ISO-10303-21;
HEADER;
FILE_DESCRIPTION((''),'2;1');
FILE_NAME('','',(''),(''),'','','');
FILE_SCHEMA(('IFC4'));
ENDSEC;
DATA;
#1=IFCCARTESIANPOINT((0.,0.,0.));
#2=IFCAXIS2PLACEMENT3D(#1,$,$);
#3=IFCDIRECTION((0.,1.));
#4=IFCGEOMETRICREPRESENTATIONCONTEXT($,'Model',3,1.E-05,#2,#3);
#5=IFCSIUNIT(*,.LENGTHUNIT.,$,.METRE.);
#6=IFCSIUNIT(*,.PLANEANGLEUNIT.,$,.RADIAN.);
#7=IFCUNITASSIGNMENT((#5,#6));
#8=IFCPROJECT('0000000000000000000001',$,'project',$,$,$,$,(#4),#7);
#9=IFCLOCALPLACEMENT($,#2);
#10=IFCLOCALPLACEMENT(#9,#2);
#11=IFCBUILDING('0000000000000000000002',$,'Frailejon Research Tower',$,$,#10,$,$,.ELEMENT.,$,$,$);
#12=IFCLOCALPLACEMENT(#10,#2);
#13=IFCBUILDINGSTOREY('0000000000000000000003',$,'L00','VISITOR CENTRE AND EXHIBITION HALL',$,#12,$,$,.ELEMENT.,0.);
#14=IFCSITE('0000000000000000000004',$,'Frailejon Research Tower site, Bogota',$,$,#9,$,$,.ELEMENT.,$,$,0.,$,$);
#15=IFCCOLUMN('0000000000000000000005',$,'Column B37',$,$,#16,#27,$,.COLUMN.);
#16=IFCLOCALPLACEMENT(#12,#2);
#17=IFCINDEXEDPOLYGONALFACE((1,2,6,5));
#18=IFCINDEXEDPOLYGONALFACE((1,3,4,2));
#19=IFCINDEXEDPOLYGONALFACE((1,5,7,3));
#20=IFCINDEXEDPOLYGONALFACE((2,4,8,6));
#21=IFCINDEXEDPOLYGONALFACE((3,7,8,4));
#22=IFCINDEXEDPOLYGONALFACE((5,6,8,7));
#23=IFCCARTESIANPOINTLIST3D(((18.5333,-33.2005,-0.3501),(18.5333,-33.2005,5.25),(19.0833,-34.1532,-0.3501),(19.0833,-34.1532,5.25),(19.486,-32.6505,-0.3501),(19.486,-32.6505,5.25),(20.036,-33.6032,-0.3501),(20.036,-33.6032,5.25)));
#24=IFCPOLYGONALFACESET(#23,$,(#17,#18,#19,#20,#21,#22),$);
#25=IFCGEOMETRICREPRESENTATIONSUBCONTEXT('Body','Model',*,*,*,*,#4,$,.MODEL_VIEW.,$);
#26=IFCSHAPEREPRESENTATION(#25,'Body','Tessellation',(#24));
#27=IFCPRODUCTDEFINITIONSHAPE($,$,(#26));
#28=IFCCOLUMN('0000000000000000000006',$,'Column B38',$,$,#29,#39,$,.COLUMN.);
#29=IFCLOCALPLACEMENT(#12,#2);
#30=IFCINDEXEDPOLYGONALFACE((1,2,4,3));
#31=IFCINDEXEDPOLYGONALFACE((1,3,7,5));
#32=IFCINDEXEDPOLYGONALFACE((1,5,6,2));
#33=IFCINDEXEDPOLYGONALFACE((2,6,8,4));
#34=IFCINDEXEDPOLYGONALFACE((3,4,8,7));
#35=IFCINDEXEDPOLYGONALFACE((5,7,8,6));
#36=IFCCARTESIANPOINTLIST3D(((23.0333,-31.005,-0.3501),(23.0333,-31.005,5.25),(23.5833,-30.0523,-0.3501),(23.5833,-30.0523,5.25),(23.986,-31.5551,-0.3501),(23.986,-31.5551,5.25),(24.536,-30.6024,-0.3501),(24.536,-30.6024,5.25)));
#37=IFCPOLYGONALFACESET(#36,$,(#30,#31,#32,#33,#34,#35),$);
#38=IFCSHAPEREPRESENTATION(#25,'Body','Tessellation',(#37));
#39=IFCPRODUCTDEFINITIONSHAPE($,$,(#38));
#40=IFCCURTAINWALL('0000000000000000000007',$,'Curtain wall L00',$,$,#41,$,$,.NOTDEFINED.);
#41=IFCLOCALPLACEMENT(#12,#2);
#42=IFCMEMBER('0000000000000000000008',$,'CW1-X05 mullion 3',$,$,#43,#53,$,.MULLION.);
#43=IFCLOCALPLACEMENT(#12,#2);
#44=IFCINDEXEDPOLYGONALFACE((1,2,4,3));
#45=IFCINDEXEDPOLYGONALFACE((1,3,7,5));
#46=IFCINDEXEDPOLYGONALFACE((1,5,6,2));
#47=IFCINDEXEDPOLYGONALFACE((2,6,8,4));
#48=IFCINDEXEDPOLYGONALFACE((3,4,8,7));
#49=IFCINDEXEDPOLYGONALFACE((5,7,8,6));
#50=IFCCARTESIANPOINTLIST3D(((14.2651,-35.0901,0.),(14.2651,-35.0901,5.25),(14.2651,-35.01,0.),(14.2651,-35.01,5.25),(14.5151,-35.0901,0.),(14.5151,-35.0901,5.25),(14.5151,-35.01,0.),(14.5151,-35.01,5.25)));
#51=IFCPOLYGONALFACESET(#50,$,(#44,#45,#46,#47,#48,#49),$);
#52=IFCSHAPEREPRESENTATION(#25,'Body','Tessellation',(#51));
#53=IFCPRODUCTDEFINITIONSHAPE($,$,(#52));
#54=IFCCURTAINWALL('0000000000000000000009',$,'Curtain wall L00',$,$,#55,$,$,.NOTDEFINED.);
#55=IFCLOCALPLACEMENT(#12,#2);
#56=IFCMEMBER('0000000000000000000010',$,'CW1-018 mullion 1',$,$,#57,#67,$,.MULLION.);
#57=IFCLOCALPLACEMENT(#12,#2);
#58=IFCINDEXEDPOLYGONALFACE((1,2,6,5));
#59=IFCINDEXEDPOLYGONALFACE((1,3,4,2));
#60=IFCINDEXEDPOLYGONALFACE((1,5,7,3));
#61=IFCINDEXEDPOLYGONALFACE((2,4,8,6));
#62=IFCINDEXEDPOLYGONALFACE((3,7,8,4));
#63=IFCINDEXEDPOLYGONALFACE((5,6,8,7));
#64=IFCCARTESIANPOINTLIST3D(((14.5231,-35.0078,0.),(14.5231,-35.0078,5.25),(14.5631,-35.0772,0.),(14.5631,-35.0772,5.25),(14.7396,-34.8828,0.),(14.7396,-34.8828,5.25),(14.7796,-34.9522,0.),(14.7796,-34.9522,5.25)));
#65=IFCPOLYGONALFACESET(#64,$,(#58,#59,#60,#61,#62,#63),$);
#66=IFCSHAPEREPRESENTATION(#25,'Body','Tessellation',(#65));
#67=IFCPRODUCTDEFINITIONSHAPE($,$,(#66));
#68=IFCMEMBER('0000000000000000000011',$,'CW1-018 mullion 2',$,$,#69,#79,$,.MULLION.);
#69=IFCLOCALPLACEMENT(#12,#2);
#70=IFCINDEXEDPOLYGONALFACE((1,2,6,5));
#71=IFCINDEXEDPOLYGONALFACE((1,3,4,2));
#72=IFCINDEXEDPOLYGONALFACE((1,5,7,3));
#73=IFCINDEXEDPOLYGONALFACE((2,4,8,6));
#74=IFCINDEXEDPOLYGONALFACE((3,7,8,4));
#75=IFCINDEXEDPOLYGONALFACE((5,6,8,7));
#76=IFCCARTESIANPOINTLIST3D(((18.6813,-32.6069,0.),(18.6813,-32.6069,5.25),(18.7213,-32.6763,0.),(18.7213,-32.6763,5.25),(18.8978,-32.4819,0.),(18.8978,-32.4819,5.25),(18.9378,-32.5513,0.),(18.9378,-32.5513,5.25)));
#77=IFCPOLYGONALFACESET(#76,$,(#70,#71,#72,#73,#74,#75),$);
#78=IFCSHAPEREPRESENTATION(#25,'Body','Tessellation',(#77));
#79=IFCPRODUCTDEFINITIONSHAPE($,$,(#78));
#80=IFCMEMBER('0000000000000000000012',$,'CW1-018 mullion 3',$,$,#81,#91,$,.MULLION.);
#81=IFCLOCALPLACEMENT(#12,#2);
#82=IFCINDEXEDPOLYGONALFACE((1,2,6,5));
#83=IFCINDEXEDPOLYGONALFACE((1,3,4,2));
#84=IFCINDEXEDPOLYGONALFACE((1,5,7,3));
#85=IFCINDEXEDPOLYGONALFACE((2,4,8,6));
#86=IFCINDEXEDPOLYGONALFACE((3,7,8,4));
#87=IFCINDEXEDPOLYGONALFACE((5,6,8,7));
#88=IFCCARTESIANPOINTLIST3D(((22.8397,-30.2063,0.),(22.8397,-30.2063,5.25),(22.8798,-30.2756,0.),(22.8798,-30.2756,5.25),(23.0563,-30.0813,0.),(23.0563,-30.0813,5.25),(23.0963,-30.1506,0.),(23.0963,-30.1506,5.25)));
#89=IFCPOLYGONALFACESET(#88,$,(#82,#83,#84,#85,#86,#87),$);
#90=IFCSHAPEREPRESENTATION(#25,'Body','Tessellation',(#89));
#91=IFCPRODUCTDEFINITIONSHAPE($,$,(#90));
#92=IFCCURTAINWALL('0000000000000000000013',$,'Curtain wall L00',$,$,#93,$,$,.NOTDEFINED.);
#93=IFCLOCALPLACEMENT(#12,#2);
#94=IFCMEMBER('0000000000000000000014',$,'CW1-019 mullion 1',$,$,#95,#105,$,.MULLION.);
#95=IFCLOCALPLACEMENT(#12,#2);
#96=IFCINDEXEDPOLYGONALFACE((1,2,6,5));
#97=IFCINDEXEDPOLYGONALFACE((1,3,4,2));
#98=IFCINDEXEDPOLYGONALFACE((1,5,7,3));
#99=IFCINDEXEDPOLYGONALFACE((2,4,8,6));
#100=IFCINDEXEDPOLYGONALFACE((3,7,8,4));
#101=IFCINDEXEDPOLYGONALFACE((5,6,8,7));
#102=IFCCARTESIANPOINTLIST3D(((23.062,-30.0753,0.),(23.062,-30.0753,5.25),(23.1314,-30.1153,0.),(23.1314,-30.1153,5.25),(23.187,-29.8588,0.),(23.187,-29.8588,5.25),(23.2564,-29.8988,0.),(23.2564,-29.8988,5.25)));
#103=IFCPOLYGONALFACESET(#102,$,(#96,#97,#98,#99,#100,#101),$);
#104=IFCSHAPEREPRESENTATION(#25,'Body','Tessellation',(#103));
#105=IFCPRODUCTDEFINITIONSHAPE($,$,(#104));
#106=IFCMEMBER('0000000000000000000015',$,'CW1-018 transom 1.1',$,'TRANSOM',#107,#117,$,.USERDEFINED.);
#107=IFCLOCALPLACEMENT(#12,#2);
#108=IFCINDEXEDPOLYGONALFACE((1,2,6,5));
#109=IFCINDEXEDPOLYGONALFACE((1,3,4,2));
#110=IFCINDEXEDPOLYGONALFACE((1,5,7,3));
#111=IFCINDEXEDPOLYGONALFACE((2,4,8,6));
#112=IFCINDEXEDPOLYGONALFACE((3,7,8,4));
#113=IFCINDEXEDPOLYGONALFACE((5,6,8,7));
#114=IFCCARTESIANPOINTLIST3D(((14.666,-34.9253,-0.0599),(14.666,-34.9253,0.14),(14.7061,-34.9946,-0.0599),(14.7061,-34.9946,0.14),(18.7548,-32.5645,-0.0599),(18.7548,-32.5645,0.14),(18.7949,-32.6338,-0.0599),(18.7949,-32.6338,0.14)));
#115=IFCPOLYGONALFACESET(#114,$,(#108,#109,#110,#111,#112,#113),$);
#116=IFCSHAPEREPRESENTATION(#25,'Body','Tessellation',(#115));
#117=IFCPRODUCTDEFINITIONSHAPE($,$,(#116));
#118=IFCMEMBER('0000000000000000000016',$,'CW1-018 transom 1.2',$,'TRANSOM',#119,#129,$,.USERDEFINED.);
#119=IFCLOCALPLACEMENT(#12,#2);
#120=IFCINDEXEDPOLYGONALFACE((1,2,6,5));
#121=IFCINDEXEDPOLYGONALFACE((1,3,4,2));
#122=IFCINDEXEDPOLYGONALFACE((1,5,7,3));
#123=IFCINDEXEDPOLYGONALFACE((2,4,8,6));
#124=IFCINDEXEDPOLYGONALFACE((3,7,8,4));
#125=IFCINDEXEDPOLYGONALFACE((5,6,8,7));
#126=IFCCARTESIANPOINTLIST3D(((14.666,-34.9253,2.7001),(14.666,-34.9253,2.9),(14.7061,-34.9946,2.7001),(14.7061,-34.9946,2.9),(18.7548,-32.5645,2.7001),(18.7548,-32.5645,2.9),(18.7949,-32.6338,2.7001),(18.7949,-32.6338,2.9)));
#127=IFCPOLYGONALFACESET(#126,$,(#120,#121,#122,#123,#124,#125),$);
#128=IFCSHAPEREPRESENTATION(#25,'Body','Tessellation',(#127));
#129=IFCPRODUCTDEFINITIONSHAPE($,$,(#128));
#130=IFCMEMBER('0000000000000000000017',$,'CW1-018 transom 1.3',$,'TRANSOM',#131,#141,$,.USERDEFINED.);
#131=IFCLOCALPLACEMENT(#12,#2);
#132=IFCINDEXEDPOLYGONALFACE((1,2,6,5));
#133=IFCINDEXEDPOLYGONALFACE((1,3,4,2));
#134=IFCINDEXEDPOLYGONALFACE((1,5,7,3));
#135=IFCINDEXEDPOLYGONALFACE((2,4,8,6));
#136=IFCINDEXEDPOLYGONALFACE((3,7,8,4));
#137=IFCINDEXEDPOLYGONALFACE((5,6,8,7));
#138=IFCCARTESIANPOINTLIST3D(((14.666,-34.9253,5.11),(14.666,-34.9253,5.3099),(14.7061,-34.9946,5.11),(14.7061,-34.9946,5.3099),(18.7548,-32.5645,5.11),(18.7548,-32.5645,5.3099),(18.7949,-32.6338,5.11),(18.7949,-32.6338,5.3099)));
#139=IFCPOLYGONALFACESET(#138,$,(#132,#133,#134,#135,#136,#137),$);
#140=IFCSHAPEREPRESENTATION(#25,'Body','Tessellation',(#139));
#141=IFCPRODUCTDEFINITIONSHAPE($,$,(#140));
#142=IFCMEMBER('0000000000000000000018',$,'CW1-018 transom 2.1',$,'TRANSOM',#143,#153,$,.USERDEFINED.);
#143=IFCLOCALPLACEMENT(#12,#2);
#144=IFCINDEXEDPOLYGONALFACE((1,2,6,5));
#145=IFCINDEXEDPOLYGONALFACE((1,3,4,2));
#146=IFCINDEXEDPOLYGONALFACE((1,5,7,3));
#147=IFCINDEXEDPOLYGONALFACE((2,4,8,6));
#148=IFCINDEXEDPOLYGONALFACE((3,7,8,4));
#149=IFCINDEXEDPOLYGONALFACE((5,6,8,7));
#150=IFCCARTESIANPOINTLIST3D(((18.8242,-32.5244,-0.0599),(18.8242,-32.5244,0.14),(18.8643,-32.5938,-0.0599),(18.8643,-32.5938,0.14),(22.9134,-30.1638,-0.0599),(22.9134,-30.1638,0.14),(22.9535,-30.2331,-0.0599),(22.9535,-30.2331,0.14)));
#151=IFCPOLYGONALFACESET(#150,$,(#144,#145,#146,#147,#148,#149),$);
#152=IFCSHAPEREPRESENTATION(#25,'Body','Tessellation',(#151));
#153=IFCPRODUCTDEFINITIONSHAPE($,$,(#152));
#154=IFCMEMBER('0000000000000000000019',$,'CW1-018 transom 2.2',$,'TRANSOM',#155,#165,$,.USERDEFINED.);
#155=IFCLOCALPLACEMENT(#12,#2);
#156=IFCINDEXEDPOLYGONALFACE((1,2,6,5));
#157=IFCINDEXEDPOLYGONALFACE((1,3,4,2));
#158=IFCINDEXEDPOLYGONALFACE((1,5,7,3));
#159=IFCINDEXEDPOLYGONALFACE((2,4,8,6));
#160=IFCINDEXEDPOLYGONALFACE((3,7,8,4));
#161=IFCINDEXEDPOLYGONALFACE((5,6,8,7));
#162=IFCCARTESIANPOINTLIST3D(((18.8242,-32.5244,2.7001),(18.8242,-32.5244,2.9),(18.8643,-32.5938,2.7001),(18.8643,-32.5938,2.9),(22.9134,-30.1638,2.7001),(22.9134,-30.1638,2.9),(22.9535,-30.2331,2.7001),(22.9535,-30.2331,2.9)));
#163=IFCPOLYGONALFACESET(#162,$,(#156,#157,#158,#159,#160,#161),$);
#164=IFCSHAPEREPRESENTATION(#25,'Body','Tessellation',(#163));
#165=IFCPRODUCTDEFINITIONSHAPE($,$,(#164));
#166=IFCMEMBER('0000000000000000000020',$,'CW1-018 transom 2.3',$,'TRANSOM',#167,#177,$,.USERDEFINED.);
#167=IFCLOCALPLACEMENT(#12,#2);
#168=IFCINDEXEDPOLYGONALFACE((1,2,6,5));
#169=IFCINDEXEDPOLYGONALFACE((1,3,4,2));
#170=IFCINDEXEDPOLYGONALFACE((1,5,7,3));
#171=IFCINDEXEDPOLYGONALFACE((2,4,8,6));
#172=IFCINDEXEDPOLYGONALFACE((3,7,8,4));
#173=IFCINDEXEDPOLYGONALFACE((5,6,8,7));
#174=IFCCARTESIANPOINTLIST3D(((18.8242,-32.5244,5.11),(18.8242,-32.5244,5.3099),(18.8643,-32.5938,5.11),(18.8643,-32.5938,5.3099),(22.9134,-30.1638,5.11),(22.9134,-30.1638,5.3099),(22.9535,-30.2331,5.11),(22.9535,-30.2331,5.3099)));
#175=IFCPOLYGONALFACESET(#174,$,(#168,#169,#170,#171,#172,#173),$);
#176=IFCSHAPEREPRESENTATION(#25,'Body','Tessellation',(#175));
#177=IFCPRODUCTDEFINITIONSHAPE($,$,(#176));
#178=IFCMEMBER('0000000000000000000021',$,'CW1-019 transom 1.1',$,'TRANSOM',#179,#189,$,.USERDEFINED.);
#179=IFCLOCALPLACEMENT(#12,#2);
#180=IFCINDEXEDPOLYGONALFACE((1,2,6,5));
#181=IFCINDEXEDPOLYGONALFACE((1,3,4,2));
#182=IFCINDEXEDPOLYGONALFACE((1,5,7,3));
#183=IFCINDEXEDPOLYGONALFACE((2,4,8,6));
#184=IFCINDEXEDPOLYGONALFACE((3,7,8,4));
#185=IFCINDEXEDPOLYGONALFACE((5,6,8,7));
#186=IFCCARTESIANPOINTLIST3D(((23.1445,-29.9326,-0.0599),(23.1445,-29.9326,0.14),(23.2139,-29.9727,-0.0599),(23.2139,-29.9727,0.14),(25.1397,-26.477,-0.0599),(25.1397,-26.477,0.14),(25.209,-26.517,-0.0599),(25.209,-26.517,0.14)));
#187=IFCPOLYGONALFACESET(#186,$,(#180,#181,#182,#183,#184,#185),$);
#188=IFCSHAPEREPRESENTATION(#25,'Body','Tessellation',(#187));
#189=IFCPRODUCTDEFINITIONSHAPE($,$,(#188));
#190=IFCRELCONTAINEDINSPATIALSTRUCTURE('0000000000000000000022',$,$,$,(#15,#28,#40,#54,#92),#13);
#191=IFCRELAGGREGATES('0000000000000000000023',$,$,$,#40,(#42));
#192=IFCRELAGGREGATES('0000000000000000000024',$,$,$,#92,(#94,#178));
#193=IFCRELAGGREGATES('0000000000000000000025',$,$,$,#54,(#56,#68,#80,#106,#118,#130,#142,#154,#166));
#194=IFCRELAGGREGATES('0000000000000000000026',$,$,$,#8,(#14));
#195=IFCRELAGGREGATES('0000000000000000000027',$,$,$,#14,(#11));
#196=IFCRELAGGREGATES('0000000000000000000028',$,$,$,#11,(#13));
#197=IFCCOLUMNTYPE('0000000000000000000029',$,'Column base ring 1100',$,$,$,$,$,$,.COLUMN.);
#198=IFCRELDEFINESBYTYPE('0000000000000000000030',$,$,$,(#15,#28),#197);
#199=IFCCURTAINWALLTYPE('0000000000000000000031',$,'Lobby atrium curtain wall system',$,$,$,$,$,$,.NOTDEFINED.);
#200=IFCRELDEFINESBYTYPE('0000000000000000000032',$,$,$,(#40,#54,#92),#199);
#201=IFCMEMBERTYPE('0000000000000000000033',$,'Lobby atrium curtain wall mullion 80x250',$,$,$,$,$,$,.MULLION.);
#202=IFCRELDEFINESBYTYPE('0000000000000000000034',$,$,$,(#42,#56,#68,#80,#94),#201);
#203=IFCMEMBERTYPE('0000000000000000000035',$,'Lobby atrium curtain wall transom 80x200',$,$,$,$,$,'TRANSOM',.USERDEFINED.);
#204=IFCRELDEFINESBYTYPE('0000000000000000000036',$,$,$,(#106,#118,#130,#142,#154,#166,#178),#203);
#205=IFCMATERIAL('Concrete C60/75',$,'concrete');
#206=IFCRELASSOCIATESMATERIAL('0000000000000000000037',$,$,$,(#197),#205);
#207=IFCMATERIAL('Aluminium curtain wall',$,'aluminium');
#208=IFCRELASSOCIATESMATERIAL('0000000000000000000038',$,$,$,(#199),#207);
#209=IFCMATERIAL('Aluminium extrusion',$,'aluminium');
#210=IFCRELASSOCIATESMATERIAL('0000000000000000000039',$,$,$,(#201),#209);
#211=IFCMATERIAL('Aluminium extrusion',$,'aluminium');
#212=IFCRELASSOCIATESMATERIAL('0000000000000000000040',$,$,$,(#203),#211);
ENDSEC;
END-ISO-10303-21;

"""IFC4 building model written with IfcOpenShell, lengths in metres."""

from ifc_helpers import new_model, si_unit, direction, frame, origin, origin_2d, place, context, subcontext, project, spatial, rectangle, extrude, material, material_profile, profile_set, type_object, element, aggregate, save


model = new_model("IFC4")

# Units and contexts
model_context = context("Model", 3, precision=1e-05, world=origin(), true_north=direction((0.0, 1.0)))
body_context = subcontext(model_context, "Body", "Model", "MODEL_VIEW")
ifc_project = project(units=[si_unit("LENGTHUNIT", "METRE"), si_unit("PLANEANGLEUNIT", "RADIAN")], contexts=[model_context])

# Site, building, storey
site_placement = place(None, origin())
site = spatial("IfcSite", under=ifc_project, at=site_placement, Name="Frailejon Research Tower site, Bogota", CompositionType="ELEMENT", RefElevation=0.0)
building_placement = place(site_placement, origin())
building = spatial("IfcBuilding", under=site, at=building_placement, Name="Frailejon Research Tower", CompositionType="ELEMENT")
storey_placement = place(building_placement, origin())
storey = spatial("IfcBuildingStorey", under=building, at=storey_placement, Name="L00", Description="VISITOR CENTRE AND EXHIBITION HALL", CompositionType="ELEMENT", Elevation=0.0)

# Columns
ifc_material_1 = material(Name="Concrete C60/75", Category="concrete")
ifc_material_profile_1 = material_profile(ifc_material_1, rectangle(XDim=1.1001, YDim=1.1001, at=origin_2d()), Name="Column base ring 1100")
ifc_profile_set_1 = profile_set([ifc_material_profile_1], Name="Concrete C60/75")
column_type = type_object("IfcColumnType", Name="Column base ring 1100", PredefinedType="COLUMN", material=ifc_profile_set_1)
for number, where, z_axis, x_axis, name in (
    (1, (19.2847, -33.4019, -0.3501), (0.0, 0.0, 1.0), (0.866025, 0.5, 0.0), "Column B37"),
    (2, (23.7847, -30.8037, -0.3501), (0.0, 0.0, 1.0), (0.5, 0.866025, 0.0), "Column B38"),
):
    element("IfcColumn", number, at=place(storey_placement, frame(where, z_axis=z_axis, x_axis=x_axis)), inside=storey, type_object=column_type, Name=name, PredefinedType="COLUMN", context=body_context, shape_type="SweptSolid", body=[
        extrude(rectangle(XDim=1.1001, YDim=1.1001, at=origin_2d()), origin(), (0.0, 0.0, 1.0), 5.6001),
    ])

# Curtain wall, member
ifc_material_2 = material(Name="Aluminium curtain wall", Category="aluminium")
curtain_wall_type = type_object("IfcCurtainWallType", Name="Lobby atrium curtain wall system", PredefinedType="NOTDEFINED", material=ifc_material_2)
curtain_wall_1_placement = place(storey_placement, origin())
curtain_wall_1 = element("IfcCurtainWall", 3, at=curtain_wall_1_placement, inside=storey, type_object=curtain_wall_type, Name="Curtain wall L00", PredefinedType="NOTDEFINED")
ifc_material_3 = material(Name="Aluminium extrusion", Category="aluminium")
ifc_material_profile_2 = material_profile(ifc_material_3, rectangle(XDim=0.0801, YDim=0.25, at=origin_2d()), Name="Lobby atrium curtain wall mullion 80x250")
ifc_profile_set_2 = profile_set([ifc_material_profile_2], Name="Aluminium extrusion")
member_type_1 = type_object("IfcMemberType", Name="Lobby atrium curtain wall mullion 80x250", PredefinedType="MULLION", material=ifc_profile_set_2)
member_1_placement = place(storey_placement, frame((14.3901, -35.05, 0.0), z_axis=(0.0, 0.0, 1.0), x_axis=(0.0, 1.0, 0.0)))
member_1 = element("IfcMember", 4, at=member_1_placement, type_object=member_type_1, Name="CW1-X05 mullion 3", PredefinedType="MULLION", context=body_context, shape_type="SweptSolid", body=[
    extrude(rectangle(XDim=0.0801, YDim=0.25, at=origin_2d()), origin(), (0.0, 0.0, 1.0), 5.25),
])
aggregate(curtain_wall_1, [member_1])

# Curtain wall, members
curtain_wall_2_placement = place(storey_placement, origin())
curtain_wall_2 = element("IfcCurtainWall", 5, at=curtain_wall_2_placement, inside=storey, type_object=curtain_wall_type, Name="Curtain wall L00", PredefinedType="NOTDEFINED")
member_2_placement = place(storey_placement, frame((14.6514, -34.98, 0.0), z_axis=(0.0, 0.0, 1.0), x_axis=(-0.5, 0.866025, 0.0)))
member_2 = element("IfcMember", 6, at=member_2_placement, type_object=member_type_1, Name="CW1-018 mullion 1", PredefinedType="MULLION", context=body_context, shape_type="SweptSolid", body=[
    extrude(rectangle(XDim=0.0801, YDim=0.25, at=origin_2d()), origin(), (0.0, 0.0, 1.0), 5.25),
])
member_3_placement = place(storey_placement, frame((18.8096, -32.5791, 0.0), z_axis=(0.0, 0.0, 1.0), x_axis=(-0.5, 0.866025, 0.0)))
member_3 = element("IfcMember", 7, at=member_3_placement, type_object=member_type_1, Name="CW1-018 mullion 2", PredefinedType="MULLION", context=body_context, shape_type="SweptSolid", body=[
    extrude(rectangle(XDim=0.0801, YDim=0.25, at=origin_2d()), origin(), (0.0, 0.0, 1.0), 5.25),
])
member_4_placement = place(storey_placement, frame((22.968, -30.1785, 0.0), z_axis=(0.0, 0.0, 1.0), x_axis=(-0.5, 0.866025, 0.0)))
member_4 = element("IfcMember", 8, at=member_4_placement, type_object=member_type_1, Name="CW1-018 mullion 3", PredefinedType="MULLION", context=body_context, shape_type="SweptSolid", body=[
    extrude(rectangle(XDim=0.0801, YDim=0.25, at=origin_2d()), origin(), (0.0, 0.0, 1.0), 5.25),
])

# Curtain wall, member
curtain_wall_3_placement = place(storey_placement, origin())
curtain_wall_3 = element("IfcCurtainWall", 9, at=curtain_wall_3_placement, inside=storey, type_object=curtain_wall_type, Name="Curtain wall L00", PredefinedType="NOTDEFINED")
member_5_placement = place(storey_placement, frame((23.1592, -29.9871, 0.0), z_axis=(0.0, 0.0, 1.0), x_axis=(-0.866026, 0.5, 0.0)))
member_5 = element("IfcMember", 10, at=member_5_placement, type_object=member_type_1, Name="CW1-019 mullion 1", PredefinedType="MULLION", context=body_context, shape_type="SweptSolid", body=[
    extrude(rectangle(XDim=0.0801, YDim=0.25, at=origin_2d()), origin(), (0.0, 0.0, 1.0), 5.25),
])

# Members
ifc_material_4 = material(Name="Aluminium extrusion", Category="aluminium")
ifc_material_profile_3 = material_profile(ifc_material_4, rectangle(XDim=0.0801, YDim=0.2, at=origin_2d()), Name="Lobby atrium curtain wall transom 80x200")
ifc_profile_set_3 = profile_set([ifc_material_profile_3], Name="Aluminium extrusion")
member_type_2 = type_object("IfcMemberType", Name="Lobby atrium curtain wall transom 80x200", ElementType="TRANSOM", PredefinedType="USERDEFINED", material=ifc_profile_set_3)
member_6_placement = place(storey_placement, frame((14.686, -34.96, 0.04), z_axis=(0.866013, 0.500021, 0.0), x_axis=(-0.500021, 0.866013, 0.0)))
member_6 = element("IfcMember", 11, at=member_6_placement, type_object=member_type_2, Name="CW1-018 transom 1.1", ObjectType="TRANSOM", PredefinedType="USERDEFINED", context=body_context, shape_type="SweptSolid", body=[
    extrude(rectangle(XDim=0.0801, YDim=0.2, at=origin_2d()), origin(), (0.0, 0.0, 1.0), 4.7214),
])
member_7_placement = place(storey_placement, frame((14.686, -34.96, 2.8), z_axis=(0.866013, 0.500021, 0.0), x_axis=(-0.500021, 0.866013, 0.0)))
member_7 = element("IfcMember", 12, at=member_7_placement, type_object=member_type_2, Name="CW1-018 transom 1.2", ObjectType="TRANSOM", PredefinedType="USERDEFINED", context=body_context, shape_type="SweptSolid", body=[
    extrude(rectangle(XDim=0.0801, YDim=0.2, at=origin_2d()), origin(), (0.0, 0.0, 1.0), 4.7214),
])
member_8_placement = place(storey_placement, frame((14.686, -34.96, 5.21), z_axis=(0.866013, 0.500021, 0.0), x_axis=(-0.500021, 0.866013, 0.0)))
member_8 = element("IfcMember", 13, at=member_8_placement, type_object=member_type_2, Name="CW1-018 transom 1.3", ObjectType="TRANSOM", PredefinedType="USERDEFINED", context=body_context, shape_type="SweptSolid", body=[
    extrude(rectangle(XDim=0.0801, YDim=0.2, at=origin_2d()), origin(), (0.0, 0.0, 1.0), 4.7214),
])
member_9_placement = place(storey_placement, frame((18.8442, -32.5591, 0.04), z_axis=(0.866049, 0.49996, 0.0), x_axis=(-0.49996, 0.866049, 0.0)))
member_9 = element("IfcMember", 14, at=member_9_placement, type_object=member_type_2, Name="CW1-018 transom 2.1", ObjectType="TRANSOM", PredefinedType="USERDEFINED", context=body_context, shape_type="SweptSolid", body=[
    extrude(rectangle(XDim=0.0801, YDim=0.2, at=origin_2d()), origin(), (0.0, 0.0, 1.0), 4.7217),
])
member_10_placement = place(storey_placement, frame((18.8442, -32.5591, 2.8), z_axis=(0.866049, 0.49996, 0.0), x_axis=(-0.49996, 0.866049, 0.0)))
member_10 = element("IfcMember", 15, at=member_10_placement, type_object=member_type_2, Name="CW1-018 transom 2.2", ObjectType="TRANSOM", PredefinedType="USERDEFINED", context=body_context, shape_type="SweptSolid", body=[
    extrude(rectangle(XDim=0.0801, YDim=0.2, at=origin_2d()), origin(), (0.0, 0.0, 1.0), 4.7217),
])
member_11_placement = place(storey_placement, frame((18.8442, -32.5591, 5.21), z_axis=(0.866049, 0.49996, 0.0), x_axis=(-0.49996, 0.866049, 0.0)))
member_11 = element("IfcMember", 16, at=member_11_placement, type_object=member_type_2, Name="CW1-018 transom 2.3", ObjectType="TRANSOM", PredefinedType="USERDEFINED", context=body_context, shape_type="SweptSolid", body=[
    extrude(rectangle(XDim=0.0801, YDim=0.2, at=origin_2d()), origin(), (0.0, 0.0, 1.0), 4.7217),
])
member_12_placement = place(storey_placement, frame((23.1792, -29.9526, 0.04), z_axis=(0.500008, 0.866021, 0.0), x_axis=(-0.866021, 0.500008, 0.0)))
member_12 = element("IfcMember", 17, at=member_12_placement, type_object=member_type_2, Name="CW1-019 transom 1.1", ObjectType="TRANSOM", PredefinedType="USERDEFINED", context=body_context, shape_type="SweptSolid", body=[
    extrude(rectangle(XDim=0.0801, YDim=0.2, at=origin_2d()), origin(), (0.0, 0.0, 1.0), 3.9902),
])
aggregate(curtain_wall_3, [member_5, member_12])

aggregate(curtain_wall_2, [member_2, member_3, member_4, member_6, member_7, member_8, member_9, member_10, member_11])

save(model, "model.ifc")
